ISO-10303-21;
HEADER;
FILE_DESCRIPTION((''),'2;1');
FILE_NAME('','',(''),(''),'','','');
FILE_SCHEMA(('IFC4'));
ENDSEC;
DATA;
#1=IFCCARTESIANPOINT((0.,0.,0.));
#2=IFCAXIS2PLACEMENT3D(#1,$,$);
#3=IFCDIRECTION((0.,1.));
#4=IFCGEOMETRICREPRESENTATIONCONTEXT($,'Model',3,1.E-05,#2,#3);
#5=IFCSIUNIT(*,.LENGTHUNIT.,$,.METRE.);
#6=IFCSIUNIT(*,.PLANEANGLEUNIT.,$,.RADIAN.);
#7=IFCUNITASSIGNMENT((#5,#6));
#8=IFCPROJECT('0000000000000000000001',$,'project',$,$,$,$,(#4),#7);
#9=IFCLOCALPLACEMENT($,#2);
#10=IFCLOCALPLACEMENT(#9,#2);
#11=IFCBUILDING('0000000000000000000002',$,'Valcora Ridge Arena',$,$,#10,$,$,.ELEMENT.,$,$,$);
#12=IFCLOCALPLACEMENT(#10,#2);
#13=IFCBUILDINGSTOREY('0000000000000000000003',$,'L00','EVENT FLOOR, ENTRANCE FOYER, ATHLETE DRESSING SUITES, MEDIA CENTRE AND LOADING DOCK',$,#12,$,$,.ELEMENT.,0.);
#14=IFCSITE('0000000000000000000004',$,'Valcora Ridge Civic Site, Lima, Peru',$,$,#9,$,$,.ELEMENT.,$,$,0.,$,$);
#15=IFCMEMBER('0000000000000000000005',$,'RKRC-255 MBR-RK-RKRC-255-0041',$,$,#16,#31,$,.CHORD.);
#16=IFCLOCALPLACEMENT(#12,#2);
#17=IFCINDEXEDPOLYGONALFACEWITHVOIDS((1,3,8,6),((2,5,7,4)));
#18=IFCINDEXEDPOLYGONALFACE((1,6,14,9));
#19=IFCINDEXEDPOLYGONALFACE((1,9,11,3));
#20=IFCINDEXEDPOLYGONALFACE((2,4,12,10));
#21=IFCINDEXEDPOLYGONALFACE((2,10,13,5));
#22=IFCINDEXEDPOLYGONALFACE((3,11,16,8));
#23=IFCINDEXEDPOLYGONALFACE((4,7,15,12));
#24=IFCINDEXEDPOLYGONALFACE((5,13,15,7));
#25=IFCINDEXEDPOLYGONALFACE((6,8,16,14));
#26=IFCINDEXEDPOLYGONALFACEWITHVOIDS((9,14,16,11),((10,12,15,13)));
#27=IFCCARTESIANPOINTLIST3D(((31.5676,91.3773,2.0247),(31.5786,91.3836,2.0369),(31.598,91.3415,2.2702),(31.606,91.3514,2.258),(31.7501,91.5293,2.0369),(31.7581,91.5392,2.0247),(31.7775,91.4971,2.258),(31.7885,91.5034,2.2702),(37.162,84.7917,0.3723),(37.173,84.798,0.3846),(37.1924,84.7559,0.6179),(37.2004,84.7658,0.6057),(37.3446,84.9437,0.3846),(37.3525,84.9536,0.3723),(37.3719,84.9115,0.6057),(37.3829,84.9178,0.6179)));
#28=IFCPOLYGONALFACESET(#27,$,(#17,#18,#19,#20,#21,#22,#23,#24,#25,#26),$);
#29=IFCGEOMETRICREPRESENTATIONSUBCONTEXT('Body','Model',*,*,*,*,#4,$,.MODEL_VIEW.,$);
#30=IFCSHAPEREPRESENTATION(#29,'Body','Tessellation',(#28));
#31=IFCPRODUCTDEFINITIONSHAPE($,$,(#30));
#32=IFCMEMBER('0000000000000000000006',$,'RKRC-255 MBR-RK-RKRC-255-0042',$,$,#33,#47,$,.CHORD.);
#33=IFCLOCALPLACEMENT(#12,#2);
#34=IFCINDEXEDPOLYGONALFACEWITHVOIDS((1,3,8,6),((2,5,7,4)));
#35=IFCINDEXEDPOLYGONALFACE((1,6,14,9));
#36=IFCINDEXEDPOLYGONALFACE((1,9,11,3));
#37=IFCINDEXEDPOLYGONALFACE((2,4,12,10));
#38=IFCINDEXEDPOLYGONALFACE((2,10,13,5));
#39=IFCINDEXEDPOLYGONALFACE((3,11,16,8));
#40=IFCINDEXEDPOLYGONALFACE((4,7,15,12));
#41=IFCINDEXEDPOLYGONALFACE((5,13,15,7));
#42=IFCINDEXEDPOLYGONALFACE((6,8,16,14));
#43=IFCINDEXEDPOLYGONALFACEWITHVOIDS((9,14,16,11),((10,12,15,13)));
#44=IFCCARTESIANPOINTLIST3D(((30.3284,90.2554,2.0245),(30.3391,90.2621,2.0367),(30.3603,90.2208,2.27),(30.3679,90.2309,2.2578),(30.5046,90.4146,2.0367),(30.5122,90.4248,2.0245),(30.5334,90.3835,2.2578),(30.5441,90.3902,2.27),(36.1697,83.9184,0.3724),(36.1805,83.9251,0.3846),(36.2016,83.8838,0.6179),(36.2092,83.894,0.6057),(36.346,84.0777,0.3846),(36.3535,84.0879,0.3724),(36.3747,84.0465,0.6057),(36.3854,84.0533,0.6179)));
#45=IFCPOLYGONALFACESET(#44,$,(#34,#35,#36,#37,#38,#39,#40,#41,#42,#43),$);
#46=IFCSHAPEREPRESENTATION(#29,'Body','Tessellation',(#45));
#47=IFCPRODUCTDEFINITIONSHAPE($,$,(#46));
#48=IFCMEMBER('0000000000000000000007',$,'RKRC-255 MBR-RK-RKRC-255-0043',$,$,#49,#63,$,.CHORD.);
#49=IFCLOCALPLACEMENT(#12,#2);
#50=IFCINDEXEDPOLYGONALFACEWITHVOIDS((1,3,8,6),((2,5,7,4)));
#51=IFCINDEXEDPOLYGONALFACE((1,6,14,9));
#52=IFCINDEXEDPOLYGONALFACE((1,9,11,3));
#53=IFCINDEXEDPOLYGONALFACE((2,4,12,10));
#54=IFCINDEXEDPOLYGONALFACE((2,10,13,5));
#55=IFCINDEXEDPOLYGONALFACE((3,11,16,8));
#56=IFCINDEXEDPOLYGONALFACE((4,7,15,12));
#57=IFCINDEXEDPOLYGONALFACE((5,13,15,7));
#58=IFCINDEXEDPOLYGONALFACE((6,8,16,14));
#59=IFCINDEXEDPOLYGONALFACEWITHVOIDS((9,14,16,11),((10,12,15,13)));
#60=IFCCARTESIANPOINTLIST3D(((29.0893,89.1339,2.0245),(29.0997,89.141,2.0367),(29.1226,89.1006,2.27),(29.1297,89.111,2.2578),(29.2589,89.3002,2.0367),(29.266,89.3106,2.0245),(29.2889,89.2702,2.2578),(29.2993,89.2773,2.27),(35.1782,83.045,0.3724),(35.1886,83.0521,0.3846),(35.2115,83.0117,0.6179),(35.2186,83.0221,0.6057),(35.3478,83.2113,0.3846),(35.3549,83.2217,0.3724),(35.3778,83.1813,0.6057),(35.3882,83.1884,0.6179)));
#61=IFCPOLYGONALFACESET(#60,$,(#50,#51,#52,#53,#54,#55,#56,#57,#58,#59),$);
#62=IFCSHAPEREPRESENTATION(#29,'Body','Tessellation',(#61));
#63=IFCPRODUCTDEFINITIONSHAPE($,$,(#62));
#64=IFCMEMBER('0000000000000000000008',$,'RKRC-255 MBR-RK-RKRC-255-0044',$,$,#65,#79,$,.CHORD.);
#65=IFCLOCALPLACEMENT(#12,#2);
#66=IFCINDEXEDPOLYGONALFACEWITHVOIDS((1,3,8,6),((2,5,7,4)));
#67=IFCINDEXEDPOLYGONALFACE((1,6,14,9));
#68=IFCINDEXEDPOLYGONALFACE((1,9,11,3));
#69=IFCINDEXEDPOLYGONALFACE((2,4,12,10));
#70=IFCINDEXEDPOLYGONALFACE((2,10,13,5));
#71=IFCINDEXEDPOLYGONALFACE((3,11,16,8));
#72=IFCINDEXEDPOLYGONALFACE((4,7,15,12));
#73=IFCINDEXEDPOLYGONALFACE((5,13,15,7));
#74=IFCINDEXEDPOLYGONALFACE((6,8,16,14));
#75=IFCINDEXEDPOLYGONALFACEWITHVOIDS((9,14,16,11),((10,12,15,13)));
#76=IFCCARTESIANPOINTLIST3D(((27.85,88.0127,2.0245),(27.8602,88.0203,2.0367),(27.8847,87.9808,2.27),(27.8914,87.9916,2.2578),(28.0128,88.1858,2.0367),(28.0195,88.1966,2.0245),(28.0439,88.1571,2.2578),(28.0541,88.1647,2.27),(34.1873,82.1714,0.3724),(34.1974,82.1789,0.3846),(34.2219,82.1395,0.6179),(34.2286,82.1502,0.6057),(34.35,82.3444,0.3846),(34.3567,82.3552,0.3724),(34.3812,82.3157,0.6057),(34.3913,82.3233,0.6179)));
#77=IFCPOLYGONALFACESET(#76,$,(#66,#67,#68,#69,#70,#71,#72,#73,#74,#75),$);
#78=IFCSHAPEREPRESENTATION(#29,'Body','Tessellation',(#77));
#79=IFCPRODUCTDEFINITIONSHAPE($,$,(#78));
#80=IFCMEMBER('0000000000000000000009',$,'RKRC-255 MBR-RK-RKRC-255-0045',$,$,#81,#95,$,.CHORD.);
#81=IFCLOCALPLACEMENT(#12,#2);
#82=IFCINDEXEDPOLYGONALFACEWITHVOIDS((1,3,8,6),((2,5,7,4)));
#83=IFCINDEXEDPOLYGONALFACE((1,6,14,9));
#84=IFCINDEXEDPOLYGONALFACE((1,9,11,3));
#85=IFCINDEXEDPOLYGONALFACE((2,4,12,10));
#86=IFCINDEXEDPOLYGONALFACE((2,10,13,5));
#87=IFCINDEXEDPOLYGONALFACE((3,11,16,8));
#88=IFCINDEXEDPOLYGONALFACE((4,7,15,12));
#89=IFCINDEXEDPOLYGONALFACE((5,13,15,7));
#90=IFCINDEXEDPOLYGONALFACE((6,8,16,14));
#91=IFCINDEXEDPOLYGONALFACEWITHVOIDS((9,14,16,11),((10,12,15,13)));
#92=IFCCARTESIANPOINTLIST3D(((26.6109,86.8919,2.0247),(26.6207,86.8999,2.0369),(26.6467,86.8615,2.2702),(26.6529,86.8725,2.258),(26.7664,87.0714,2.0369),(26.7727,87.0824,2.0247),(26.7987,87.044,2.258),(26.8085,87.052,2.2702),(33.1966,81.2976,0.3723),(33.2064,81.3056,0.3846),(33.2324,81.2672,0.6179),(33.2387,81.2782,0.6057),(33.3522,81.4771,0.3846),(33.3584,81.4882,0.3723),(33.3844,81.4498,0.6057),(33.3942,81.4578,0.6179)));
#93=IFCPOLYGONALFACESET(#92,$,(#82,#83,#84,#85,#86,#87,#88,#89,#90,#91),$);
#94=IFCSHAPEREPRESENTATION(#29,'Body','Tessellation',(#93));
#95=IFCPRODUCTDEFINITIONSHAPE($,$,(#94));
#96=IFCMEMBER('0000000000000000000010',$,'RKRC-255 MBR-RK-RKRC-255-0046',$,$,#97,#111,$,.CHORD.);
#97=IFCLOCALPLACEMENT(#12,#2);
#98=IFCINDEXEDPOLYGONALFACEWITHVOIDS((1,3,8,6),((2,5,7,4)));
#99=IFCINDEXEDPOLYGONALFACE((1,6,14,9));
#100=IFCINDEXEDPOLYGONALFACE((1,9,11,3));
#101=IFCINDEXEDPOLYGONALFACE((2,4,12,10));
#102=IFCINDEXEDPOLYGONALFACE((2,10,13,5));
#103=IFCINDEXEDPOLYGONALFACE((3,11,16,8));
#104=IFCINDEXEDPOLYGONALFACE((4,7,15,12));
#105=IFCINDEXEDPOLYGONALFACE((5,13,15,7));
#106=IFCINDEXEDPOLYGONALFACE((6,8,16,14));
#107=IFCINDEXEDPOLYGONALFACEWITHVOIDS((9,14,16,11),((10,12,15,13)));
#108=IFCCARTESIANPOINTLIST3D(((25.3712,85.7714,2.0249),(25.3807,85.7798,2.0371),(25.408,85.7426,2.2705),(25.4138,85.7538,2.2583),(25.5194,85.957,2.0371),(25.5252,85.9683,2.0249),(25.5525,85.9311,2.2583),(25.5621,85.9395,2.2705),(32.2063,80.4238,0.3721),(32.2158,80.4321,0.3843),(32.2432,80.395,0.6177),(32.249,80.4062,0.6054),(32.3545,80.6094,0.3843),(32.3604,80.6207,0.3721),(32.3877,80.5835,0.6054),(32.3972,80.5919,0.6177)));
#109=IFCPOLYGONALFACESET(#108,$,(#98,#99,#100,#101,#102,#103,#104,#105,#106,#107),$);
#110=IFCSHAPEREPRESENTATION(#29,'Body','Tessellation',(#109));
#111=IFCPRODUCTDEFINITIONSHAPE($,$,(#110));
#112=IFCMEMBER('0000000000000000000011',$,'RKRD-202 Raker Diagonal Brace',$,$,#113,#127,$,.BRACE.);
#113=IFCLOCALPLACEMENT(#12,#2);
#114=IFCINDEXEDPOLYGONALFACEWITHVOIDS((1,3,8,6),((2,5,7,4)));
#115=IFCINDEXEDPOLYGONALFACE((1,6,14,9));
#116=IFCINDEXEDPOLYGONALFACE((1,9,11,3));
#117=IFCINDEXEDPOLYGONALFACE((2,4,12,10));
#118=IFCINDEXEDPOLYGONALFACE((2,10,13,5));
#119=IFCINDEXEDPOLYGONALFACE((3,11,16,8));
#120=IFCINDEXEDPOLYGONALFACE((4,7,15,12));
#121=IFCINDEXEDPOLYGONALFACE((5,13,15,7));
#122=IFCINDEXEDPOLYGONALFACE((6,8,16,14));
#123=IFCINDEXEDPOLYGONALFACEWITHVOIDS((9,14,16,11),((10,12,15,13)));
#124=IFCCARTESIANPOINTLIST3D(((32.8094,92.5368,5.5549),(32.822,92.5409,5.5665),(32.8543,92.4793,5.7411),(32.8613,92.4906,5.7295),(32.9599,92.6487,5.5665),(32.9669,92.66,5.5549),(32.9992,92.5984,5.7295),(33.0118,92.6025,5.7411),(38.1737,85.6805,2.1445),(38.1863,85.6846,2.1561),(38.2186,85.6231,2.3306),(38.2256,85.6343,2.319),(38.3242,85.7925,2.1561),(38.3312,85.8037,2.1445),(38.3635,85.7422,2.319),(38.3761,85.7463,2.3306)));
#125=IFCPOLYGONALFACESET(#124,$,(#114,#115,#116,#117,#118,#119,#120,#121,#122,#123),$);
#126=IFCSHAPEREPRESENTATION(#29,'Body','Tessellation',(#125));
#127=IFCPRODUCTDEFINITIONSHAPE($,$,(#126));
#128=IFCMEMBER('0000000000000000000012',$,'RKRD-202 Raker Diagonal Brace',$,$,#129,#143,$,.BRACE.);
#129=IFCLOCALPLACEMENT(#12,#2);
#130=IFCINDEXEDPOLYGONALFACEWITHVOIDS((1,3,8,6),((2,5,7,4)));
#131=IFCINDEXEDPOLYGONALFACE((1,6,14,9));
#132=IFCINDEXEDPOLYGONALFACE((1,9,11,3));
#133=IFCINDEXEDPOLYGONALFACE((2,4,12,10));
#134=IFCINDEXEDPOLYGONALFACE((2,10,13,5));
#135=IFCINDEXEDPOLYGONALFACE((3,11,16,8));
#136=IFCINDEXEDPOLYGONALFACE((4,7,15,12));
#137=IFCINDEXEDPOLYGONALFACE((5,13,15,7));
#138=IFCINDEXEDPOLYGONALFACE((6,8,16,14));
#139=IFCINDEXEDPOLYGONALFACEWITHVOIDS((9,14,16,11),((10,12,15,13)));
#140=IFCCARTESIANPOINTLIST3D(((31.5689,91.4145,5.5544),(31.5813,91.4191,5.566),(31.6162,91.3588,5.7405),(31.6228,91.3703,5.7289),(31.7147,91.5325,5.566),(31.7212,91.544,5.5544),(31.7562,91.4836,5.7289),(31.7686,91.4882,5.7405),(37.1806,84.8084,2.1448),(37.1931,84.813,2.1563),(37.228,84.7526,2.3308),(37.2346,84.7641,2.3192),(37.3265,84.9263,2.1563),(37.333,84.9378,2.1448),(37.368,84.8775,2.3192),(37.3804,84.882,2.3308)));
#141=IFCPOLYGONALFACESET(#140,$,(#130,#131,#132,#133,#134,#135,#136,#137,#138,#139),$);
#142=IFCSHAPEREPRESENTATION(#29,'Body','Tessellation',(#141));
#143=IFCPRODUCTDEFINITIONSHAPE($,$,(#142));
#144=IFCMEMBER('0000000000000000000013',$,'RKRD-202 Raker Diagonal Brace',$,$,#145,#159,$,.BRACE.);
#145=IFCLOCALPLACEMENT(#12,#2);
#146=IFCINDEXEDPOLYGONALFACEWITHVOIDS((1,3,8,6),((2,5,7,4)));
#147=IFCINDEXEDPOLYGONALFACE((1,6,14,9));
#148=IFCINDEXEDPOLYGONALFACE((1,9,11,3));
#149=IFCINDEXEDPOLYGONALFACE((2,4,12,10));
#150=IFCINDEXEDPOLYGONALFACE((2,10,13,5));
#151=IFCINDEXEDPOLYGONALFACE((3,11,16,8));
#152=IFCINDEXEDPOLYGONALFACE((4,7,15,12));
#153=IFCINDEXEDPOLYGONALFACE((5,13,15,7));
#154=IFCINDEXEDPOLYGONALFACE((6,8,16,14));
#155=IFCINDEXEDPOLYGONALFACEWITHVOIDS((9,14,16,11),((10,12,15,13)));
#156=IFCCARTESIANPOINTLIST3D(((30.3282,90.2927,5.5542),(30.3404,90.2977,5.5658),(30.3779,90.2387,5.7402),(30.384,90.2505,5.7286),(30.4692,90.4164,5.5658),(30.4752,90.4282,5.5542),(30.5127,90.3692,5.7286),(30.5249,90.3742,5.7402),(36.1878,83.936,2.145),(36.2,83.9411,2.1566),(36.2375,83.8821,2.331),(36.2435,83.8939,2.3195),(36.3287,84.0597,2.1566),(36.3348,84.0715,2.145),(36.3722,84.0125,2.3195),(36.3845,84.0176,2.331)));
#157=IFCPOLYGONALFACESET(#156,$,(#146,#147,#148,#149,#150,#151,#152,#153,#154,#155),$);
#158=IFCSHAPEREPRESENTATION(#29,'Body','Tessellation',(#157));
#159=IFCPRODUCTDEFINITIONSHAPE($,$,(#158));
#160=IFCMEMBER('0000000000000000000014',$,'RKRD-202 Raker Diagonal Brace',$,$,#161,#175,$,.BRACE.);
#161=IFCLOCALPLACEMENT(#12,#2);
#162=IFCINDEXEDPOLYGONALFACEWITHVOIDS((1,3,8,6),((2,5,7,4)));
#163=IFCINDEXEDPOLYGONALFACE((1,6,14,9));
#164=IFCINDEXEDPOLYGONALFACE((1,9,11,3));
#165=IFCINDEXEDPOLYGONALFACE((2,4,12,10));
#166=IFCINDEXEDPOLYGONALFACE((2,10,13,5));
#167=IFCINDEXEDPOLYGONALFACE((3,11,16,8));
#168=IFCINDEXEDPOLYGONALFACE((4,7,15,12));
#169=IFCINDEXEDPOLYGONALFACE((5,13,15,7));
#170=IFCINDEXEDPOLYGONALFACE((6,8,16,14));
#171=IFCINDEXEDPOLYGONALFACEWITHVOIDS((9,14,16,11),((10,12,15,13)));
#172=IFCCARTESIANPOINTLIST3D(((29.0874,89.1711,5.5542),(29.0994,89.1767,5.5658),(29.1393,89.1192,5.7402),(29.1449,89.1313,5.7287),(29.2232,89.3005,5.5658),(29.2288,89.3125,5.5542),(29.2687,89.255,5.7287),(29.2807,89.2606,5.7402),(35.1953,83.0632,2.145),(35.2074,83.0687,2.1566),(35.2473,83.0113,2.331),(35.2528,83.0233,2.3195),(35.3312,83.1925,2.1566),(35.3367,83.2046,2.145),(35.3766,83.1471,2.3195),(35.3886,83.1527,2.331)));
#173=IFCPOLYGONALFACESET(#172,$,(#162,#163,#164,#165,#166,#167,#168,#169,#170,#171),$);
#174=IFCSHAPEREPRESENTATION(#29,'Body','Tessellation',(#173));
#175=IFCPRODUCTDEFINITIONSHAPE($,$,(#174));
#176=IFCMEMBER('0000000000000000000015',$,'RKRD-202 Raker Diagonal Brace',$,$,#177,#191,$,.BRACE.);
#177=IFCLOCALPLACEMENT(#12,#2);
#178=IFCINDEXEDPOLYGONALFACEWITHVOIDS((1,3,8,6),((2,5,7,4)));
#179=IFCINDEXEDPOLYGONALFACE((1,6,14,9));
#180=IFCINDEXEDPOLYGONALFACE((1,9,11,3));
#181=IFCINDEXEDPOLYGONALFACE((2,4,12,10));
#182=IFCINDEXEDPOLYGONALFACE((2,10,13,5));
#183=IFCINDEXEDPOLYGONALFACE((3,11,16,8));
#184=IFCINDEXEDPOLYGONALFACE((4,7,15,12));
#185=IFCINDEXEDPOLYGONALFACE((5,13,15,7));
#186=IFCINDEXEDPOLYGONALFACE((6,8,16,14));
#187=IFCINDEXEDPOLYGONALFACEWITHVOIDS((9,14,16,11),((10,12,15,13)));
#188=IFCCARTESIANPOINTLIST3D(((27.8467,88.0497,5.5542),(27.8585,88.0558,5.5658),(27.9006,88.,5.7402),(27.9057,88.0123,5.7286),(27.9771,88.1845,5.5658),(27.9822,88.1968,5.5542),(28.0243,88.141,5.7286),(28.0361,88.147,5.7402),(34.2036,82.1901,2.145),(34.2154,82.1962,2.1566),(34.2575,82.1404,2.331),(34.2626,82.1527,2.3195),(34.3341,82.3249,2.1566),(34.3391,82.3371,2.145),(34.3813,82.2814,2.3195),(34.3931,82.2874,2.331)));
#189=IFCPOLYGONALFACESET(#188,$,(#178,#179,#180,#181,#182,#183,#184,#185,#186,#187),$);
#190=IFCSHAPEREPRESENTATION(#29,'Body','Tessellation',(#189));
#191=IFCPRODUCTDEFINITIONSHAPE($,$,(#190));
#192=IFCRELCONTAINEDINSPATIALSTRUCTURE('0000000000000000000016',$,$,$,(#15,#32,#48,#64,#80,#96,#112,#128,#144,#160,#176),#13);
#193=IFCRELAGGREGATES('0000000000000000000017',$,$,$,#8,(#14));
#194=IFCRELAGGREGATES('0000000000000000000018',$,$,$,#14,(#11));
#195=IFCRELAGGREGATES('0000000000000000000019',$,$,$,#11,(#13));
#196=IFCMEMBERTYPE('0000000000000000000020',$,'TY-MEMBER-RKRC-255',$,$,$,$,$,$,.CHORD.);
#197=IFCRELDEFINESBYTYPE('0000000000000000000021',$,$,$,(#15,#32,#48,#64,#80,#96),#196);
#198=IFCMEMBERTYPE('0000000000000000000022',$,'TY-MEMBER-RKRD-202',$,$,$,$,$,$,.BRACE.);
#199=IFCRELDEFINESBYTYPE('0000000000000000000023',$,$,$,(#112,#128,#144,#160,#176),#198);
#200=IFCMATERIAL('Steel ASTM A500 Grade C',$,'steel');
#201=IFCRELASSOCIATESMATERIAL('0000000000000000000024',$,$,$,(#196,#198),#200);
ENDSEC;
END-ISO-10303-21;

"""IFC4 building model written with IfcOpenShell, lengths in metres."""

from ifc_helpers import new_model, si_unit, direction, frame, origin, origin_2d, place, context, subcontext, project, spatial, hollow_rectangle, extrude, material, material_profile, profile_set, type_object, element, save


model = new_model("IFC4")

# Units and contexts
model_context = context("Model", 3, precision=1e-05, world=origin(), true_north=direction((0.0, 1.0)))
body_context = subcontext(model_context, "Body", "Model", "MODEL_VIEW")
ifc_project = project(units=[si_unit("LENGTHUNIT", "METRE"), si_unit("PLANEANGLEUNIT", "RADIAN")], contexts=[model_context])

# Site, building, storey
site_placement = place(None, origin())
site = spatial("IfcSite", under=ifc_project, at=site_placement, Name="Valcora Ridge Civic Site, Lima, Peru", CompositionType="ELEMENT", RefElevation=0.0)
building_placement = place(site_placement, origin())
building = spatial("IfcBuilding", under=site, at=building_placement, Name="Valcora Ridge Arena", CompositionType="ELEMENT")
storey_placement = place(building_placement, origin())
storey = spatial("IfcBuildingStorey", under=building, at=storey_placement, Name="L00", Description="EVENT FLOOR, ENTRANCE FOYER, ATHLETE DRESSING SUITES, MEDIA CENTRE AND LOADING DOCK", CompositionType="ELEMENT", Elevation=0.0)

# Members
ifc_material_1 = material(Name="Steel ASTM A500 Grade C", Category="steel")
ifc_material_profile_1 = material_profile(ifc_material_1, hollow_rectangle(XDim=0.25, YDim=0.25, WallThickness=0.0125, at=origin_2d()), Name="HSS250X250X12")
ifc_profile_set_1 = profile_set([ifc_material_profile_1], Name="Steel ASTM A500 Grade C")
member_type_1 = type_object("IfcMemberType", Name="TY-MEMBER-RKRC-255", PredefinedType="CHORD", material=ifc_profile_set_1)
member_1_placement = place(storey_placement, frame((37.2725, 84.8547, 0.4951), z_axis=(-0.635902, 0.748568, 0.187815), x_axis=(-0.762131, -0.647423, 0.0)))
element("IfcMember", 1, at=member_1_placement, inside=storey, type_object=member_type_1, Name="RKRC-255 MBR-RK-RKRC-255-0041", PredefinedType="CHORD", context=body_context, shape_type="SweptSolid", body=[
    extrude(hollow_rectangle(XDim=0.25, YDim=0.25, WallThickness=0.0125, at=origin_2d()), origin(), (0.0, 0.0, 1.0), 8.7976),
])
member_2_placement = place(storey_placement, frame((36.2776, 83.9858, 0.4951), z_axis=(-0.66565, 0.722126, 0.188266), x_axis=(-0.735275, -0.677769, 0.0)))
element("IfcMember", 2, at=member_2_placement, inside=storey, type_object=member_type_1, Name="RKRC-255 MBR-RK-RKRC-255-0042", PredefinedType="CHORD", context=body_context, shape_type="SweptSolid", body=[
    extrude(hollow_rectangle(XDim=0.25, YDim=0.25, WallThickness=0.0125, at=origin_2d()), origin(), (0.0, 0.0, 1.0), 8.7754),
])
member_3_placement = place(storey_placement, frame((35.2832, 83.1167, 0.4951), z_axis=(-0.694441, 0.694441, 0.188424), x_axis=(-0.707107, -0.707107, 0.0)))
element("IfcMember", 3, at=member_3_placement, inside=storey, type_object=member_type_1, Name="RKRC-255 MBR-RK-RKRC-255-0043", PredefinedType="CHORD", context=body_context, shape_type="SweptSolid", body=[
    extrude(hollow_rectangle(XDim=0.25, YDim=0.25, WallThickness=0.0125, at=origin_2d()), origin(), (0.0, 0.0, 1.0), 8.7681),
])
member_4_placement = place(storey_placement, frame((34.2893, 82.2473, 0.4951), z_axis=(-0.72214, 0.665636, 0.188262), x_axis=(-0.677755, -0.735288, 0.0)))
element("IfcMember", 4, at=member_4_placement, inside=storey, type_object=member_type_1, Name="RKRC-255 MBR-RK-RKRC-255-0044", PredefinedType="CHORD", context=body_context, shape_type="SweptSolid", body=[
    extrude(hollow_rectangle(XDim=0.25, YDim=0.25, WallThickness=0.0125, at=origin_2d()), origin(), (0.0, 0.0, 1.0), 8.7756),
])
member_5_placement = place(storey_placement, frame((33.2954, 81.3777, 0.4951), z_axis=(-0.748582, 0.635885, 0.187818), x_axis=(-0.647406, -0.762145, 0.0)))
element("IfcMember", 5, at=member_5_placement, inside=storey, type_object=member_type_1, Name="RKRC-255 MBR-RK-RKRC-255-0045", PredefinedType="CHORD", context=body_context, shape_type="SweptSolid", body=[
    extrude(hollow_rectangle(XDim=0.25, YDim=0.25, WallThickness=0.0125, at=origin_2d()), origin(), (0.0, 0.0, 1.0), 8.7976),
])
member_6_placement = place(storey_placement, frame((32.3018, 80.5078, 0.4949), z_axis=(-0.77369, 0.605312, 0.187087), x_axis=(-0.616191, -0.787596, 0.0)))
element("IfcMember", 6, at=member_6_placement, inside=storey, type_object=member_type_1, Name="RKRC-255 MBR-RK-RKRC-255-0046", PredefinedType="CHORD", context=body_context, shape_type="SweptSolid", body=[
    extrude(hollow_rectangle(XDim=0.25, YDim=0.25, WallThickness=0.0125, at=origin_2d()), origin(), (0.0, 0.0, 1.0), 8.8345),
])
ifc_material_profile_2 = material_profile(ifc_material_1, hollow_rectangle(XDim=0.2, YDim=0.2, WallThickness=0.0125, at=origin_2d()), Name="HSS200X200X12")
ifc_profile_set_2 = profile_set([ifc_material_profile_2], Name="Steel ASTM A500 Grade C")
member_type_2 = type_object("IfcMemberType", Name="TY-MEMBER-RKRD-202", PredefinedType="BRACE", material=ifc_profile_set_2)
member_7_placement = place(storey_placement, frame((38.2749, 85.7134, 2.2375), z_axis=(-0.573747, 0.733321, 0.364767), x_axis=(-0.787587, -0.616204, 0.0)))
element("IfcMember", 7, at=member_7_placement, inside=storey, type_object=member_type_2, Name="RKRD-202 Raker Diagonal Brace", PredefinedType="BRACE", context=body_context, shape_type="SweptSolid", body=[
    extrude(hollow_rectangle(XDim=0.2, YDim=0.2, WallThickness=0.0125, at=origin_2d()), origin(), (0.0, 0.0, 1.0), 9.3496),
])
member_8_placement = place(storey_placement, frame((37.2805, 84.8452, 2.2378), z_axis=(-0.602481, 0.709237, 0.36606), x_axis=(-0.762136, -0.647417, 0.0)))
element("IfcMember", 8, at=member_8_placement, inside=storey, type_object=member_type_2, Name="RKRD-202 Raker Diagonal Brace", PredefinedType="BRACE", context=body_context, shape_type="SweptSolid", body=[
    extrude(hollow_rectangle(XDim=0.2, YDim=0.2, WallThickness=0.0125, at=origin_2d()), origin(), (0.0, 0.0, 1.0), 9.3145),
])
member_9_placement = place(storey_placement, frame((36.2861, 83.9768, 2.238), z_axis=(-0.630522, 0.684009, 0.366843), x_axis=(-0.73527, -0.677774, 0.0)))
element("IfcMember", 9, at=member_9_placement, inside=storey, type_object=member_type_2, Name="RKRD-202 Raker Diagonal Brace", PredefinedType="BRACE", context=body_context, shape_type="SweptSolid", body=[
    extrude(hollow_rectangle(XDim=0.2, YDim=0.2, WallThickness=0.0125, at=origin_2d()), origin(), (0.0, 0.0, 1.0), 9.2932),
])
member_10_placement = place(storey_placement, frame((35.292, 83.1079, 2.238), z_axis=(-0.657732, 0.657732, 0.367119), x_axis=(-0.707107, -0.707107, 0.0)))
element("IfcMember", 10, at=member_10_placement, inside=storey, type_object=member_type_2, Name="RKRD-202 Raker Diagonal Brace", PredefinedType="BRACE", context=body_context, shape_type="SweptSolid", body=[
    extrude(hollow_rectangle(XDim=0.2, YDim=0.2, WallThickness=0.0125, at=origin_2d()), origin(), (0.0, 0.0, 1.0), 9.2864),
])
member_11_placement = place(storey_placement, frame((34.2983, 82.2388, 2.238), z_axis=(-0.684023, 0.630511, 0.366837), x_axis=(-0.67776, -0.735283, 0.0)))
element("IfcMember", 11, at=member_11_placement, inside=storey, type_object=member_type_2, Name="RKRD-202 Raker Diagonal Brace", PredefinedType="BRACE", context=body_context, shape_type="SweptSolid", body=[
    extrude(hollow_rectangle(XDim=0.2, YDim=0.2, WallThickness=0.0125, at=origin_2d()), origin(), (0.0, 0.0, 1.0), 9.2935),
])

save(model, "model.ifc")
